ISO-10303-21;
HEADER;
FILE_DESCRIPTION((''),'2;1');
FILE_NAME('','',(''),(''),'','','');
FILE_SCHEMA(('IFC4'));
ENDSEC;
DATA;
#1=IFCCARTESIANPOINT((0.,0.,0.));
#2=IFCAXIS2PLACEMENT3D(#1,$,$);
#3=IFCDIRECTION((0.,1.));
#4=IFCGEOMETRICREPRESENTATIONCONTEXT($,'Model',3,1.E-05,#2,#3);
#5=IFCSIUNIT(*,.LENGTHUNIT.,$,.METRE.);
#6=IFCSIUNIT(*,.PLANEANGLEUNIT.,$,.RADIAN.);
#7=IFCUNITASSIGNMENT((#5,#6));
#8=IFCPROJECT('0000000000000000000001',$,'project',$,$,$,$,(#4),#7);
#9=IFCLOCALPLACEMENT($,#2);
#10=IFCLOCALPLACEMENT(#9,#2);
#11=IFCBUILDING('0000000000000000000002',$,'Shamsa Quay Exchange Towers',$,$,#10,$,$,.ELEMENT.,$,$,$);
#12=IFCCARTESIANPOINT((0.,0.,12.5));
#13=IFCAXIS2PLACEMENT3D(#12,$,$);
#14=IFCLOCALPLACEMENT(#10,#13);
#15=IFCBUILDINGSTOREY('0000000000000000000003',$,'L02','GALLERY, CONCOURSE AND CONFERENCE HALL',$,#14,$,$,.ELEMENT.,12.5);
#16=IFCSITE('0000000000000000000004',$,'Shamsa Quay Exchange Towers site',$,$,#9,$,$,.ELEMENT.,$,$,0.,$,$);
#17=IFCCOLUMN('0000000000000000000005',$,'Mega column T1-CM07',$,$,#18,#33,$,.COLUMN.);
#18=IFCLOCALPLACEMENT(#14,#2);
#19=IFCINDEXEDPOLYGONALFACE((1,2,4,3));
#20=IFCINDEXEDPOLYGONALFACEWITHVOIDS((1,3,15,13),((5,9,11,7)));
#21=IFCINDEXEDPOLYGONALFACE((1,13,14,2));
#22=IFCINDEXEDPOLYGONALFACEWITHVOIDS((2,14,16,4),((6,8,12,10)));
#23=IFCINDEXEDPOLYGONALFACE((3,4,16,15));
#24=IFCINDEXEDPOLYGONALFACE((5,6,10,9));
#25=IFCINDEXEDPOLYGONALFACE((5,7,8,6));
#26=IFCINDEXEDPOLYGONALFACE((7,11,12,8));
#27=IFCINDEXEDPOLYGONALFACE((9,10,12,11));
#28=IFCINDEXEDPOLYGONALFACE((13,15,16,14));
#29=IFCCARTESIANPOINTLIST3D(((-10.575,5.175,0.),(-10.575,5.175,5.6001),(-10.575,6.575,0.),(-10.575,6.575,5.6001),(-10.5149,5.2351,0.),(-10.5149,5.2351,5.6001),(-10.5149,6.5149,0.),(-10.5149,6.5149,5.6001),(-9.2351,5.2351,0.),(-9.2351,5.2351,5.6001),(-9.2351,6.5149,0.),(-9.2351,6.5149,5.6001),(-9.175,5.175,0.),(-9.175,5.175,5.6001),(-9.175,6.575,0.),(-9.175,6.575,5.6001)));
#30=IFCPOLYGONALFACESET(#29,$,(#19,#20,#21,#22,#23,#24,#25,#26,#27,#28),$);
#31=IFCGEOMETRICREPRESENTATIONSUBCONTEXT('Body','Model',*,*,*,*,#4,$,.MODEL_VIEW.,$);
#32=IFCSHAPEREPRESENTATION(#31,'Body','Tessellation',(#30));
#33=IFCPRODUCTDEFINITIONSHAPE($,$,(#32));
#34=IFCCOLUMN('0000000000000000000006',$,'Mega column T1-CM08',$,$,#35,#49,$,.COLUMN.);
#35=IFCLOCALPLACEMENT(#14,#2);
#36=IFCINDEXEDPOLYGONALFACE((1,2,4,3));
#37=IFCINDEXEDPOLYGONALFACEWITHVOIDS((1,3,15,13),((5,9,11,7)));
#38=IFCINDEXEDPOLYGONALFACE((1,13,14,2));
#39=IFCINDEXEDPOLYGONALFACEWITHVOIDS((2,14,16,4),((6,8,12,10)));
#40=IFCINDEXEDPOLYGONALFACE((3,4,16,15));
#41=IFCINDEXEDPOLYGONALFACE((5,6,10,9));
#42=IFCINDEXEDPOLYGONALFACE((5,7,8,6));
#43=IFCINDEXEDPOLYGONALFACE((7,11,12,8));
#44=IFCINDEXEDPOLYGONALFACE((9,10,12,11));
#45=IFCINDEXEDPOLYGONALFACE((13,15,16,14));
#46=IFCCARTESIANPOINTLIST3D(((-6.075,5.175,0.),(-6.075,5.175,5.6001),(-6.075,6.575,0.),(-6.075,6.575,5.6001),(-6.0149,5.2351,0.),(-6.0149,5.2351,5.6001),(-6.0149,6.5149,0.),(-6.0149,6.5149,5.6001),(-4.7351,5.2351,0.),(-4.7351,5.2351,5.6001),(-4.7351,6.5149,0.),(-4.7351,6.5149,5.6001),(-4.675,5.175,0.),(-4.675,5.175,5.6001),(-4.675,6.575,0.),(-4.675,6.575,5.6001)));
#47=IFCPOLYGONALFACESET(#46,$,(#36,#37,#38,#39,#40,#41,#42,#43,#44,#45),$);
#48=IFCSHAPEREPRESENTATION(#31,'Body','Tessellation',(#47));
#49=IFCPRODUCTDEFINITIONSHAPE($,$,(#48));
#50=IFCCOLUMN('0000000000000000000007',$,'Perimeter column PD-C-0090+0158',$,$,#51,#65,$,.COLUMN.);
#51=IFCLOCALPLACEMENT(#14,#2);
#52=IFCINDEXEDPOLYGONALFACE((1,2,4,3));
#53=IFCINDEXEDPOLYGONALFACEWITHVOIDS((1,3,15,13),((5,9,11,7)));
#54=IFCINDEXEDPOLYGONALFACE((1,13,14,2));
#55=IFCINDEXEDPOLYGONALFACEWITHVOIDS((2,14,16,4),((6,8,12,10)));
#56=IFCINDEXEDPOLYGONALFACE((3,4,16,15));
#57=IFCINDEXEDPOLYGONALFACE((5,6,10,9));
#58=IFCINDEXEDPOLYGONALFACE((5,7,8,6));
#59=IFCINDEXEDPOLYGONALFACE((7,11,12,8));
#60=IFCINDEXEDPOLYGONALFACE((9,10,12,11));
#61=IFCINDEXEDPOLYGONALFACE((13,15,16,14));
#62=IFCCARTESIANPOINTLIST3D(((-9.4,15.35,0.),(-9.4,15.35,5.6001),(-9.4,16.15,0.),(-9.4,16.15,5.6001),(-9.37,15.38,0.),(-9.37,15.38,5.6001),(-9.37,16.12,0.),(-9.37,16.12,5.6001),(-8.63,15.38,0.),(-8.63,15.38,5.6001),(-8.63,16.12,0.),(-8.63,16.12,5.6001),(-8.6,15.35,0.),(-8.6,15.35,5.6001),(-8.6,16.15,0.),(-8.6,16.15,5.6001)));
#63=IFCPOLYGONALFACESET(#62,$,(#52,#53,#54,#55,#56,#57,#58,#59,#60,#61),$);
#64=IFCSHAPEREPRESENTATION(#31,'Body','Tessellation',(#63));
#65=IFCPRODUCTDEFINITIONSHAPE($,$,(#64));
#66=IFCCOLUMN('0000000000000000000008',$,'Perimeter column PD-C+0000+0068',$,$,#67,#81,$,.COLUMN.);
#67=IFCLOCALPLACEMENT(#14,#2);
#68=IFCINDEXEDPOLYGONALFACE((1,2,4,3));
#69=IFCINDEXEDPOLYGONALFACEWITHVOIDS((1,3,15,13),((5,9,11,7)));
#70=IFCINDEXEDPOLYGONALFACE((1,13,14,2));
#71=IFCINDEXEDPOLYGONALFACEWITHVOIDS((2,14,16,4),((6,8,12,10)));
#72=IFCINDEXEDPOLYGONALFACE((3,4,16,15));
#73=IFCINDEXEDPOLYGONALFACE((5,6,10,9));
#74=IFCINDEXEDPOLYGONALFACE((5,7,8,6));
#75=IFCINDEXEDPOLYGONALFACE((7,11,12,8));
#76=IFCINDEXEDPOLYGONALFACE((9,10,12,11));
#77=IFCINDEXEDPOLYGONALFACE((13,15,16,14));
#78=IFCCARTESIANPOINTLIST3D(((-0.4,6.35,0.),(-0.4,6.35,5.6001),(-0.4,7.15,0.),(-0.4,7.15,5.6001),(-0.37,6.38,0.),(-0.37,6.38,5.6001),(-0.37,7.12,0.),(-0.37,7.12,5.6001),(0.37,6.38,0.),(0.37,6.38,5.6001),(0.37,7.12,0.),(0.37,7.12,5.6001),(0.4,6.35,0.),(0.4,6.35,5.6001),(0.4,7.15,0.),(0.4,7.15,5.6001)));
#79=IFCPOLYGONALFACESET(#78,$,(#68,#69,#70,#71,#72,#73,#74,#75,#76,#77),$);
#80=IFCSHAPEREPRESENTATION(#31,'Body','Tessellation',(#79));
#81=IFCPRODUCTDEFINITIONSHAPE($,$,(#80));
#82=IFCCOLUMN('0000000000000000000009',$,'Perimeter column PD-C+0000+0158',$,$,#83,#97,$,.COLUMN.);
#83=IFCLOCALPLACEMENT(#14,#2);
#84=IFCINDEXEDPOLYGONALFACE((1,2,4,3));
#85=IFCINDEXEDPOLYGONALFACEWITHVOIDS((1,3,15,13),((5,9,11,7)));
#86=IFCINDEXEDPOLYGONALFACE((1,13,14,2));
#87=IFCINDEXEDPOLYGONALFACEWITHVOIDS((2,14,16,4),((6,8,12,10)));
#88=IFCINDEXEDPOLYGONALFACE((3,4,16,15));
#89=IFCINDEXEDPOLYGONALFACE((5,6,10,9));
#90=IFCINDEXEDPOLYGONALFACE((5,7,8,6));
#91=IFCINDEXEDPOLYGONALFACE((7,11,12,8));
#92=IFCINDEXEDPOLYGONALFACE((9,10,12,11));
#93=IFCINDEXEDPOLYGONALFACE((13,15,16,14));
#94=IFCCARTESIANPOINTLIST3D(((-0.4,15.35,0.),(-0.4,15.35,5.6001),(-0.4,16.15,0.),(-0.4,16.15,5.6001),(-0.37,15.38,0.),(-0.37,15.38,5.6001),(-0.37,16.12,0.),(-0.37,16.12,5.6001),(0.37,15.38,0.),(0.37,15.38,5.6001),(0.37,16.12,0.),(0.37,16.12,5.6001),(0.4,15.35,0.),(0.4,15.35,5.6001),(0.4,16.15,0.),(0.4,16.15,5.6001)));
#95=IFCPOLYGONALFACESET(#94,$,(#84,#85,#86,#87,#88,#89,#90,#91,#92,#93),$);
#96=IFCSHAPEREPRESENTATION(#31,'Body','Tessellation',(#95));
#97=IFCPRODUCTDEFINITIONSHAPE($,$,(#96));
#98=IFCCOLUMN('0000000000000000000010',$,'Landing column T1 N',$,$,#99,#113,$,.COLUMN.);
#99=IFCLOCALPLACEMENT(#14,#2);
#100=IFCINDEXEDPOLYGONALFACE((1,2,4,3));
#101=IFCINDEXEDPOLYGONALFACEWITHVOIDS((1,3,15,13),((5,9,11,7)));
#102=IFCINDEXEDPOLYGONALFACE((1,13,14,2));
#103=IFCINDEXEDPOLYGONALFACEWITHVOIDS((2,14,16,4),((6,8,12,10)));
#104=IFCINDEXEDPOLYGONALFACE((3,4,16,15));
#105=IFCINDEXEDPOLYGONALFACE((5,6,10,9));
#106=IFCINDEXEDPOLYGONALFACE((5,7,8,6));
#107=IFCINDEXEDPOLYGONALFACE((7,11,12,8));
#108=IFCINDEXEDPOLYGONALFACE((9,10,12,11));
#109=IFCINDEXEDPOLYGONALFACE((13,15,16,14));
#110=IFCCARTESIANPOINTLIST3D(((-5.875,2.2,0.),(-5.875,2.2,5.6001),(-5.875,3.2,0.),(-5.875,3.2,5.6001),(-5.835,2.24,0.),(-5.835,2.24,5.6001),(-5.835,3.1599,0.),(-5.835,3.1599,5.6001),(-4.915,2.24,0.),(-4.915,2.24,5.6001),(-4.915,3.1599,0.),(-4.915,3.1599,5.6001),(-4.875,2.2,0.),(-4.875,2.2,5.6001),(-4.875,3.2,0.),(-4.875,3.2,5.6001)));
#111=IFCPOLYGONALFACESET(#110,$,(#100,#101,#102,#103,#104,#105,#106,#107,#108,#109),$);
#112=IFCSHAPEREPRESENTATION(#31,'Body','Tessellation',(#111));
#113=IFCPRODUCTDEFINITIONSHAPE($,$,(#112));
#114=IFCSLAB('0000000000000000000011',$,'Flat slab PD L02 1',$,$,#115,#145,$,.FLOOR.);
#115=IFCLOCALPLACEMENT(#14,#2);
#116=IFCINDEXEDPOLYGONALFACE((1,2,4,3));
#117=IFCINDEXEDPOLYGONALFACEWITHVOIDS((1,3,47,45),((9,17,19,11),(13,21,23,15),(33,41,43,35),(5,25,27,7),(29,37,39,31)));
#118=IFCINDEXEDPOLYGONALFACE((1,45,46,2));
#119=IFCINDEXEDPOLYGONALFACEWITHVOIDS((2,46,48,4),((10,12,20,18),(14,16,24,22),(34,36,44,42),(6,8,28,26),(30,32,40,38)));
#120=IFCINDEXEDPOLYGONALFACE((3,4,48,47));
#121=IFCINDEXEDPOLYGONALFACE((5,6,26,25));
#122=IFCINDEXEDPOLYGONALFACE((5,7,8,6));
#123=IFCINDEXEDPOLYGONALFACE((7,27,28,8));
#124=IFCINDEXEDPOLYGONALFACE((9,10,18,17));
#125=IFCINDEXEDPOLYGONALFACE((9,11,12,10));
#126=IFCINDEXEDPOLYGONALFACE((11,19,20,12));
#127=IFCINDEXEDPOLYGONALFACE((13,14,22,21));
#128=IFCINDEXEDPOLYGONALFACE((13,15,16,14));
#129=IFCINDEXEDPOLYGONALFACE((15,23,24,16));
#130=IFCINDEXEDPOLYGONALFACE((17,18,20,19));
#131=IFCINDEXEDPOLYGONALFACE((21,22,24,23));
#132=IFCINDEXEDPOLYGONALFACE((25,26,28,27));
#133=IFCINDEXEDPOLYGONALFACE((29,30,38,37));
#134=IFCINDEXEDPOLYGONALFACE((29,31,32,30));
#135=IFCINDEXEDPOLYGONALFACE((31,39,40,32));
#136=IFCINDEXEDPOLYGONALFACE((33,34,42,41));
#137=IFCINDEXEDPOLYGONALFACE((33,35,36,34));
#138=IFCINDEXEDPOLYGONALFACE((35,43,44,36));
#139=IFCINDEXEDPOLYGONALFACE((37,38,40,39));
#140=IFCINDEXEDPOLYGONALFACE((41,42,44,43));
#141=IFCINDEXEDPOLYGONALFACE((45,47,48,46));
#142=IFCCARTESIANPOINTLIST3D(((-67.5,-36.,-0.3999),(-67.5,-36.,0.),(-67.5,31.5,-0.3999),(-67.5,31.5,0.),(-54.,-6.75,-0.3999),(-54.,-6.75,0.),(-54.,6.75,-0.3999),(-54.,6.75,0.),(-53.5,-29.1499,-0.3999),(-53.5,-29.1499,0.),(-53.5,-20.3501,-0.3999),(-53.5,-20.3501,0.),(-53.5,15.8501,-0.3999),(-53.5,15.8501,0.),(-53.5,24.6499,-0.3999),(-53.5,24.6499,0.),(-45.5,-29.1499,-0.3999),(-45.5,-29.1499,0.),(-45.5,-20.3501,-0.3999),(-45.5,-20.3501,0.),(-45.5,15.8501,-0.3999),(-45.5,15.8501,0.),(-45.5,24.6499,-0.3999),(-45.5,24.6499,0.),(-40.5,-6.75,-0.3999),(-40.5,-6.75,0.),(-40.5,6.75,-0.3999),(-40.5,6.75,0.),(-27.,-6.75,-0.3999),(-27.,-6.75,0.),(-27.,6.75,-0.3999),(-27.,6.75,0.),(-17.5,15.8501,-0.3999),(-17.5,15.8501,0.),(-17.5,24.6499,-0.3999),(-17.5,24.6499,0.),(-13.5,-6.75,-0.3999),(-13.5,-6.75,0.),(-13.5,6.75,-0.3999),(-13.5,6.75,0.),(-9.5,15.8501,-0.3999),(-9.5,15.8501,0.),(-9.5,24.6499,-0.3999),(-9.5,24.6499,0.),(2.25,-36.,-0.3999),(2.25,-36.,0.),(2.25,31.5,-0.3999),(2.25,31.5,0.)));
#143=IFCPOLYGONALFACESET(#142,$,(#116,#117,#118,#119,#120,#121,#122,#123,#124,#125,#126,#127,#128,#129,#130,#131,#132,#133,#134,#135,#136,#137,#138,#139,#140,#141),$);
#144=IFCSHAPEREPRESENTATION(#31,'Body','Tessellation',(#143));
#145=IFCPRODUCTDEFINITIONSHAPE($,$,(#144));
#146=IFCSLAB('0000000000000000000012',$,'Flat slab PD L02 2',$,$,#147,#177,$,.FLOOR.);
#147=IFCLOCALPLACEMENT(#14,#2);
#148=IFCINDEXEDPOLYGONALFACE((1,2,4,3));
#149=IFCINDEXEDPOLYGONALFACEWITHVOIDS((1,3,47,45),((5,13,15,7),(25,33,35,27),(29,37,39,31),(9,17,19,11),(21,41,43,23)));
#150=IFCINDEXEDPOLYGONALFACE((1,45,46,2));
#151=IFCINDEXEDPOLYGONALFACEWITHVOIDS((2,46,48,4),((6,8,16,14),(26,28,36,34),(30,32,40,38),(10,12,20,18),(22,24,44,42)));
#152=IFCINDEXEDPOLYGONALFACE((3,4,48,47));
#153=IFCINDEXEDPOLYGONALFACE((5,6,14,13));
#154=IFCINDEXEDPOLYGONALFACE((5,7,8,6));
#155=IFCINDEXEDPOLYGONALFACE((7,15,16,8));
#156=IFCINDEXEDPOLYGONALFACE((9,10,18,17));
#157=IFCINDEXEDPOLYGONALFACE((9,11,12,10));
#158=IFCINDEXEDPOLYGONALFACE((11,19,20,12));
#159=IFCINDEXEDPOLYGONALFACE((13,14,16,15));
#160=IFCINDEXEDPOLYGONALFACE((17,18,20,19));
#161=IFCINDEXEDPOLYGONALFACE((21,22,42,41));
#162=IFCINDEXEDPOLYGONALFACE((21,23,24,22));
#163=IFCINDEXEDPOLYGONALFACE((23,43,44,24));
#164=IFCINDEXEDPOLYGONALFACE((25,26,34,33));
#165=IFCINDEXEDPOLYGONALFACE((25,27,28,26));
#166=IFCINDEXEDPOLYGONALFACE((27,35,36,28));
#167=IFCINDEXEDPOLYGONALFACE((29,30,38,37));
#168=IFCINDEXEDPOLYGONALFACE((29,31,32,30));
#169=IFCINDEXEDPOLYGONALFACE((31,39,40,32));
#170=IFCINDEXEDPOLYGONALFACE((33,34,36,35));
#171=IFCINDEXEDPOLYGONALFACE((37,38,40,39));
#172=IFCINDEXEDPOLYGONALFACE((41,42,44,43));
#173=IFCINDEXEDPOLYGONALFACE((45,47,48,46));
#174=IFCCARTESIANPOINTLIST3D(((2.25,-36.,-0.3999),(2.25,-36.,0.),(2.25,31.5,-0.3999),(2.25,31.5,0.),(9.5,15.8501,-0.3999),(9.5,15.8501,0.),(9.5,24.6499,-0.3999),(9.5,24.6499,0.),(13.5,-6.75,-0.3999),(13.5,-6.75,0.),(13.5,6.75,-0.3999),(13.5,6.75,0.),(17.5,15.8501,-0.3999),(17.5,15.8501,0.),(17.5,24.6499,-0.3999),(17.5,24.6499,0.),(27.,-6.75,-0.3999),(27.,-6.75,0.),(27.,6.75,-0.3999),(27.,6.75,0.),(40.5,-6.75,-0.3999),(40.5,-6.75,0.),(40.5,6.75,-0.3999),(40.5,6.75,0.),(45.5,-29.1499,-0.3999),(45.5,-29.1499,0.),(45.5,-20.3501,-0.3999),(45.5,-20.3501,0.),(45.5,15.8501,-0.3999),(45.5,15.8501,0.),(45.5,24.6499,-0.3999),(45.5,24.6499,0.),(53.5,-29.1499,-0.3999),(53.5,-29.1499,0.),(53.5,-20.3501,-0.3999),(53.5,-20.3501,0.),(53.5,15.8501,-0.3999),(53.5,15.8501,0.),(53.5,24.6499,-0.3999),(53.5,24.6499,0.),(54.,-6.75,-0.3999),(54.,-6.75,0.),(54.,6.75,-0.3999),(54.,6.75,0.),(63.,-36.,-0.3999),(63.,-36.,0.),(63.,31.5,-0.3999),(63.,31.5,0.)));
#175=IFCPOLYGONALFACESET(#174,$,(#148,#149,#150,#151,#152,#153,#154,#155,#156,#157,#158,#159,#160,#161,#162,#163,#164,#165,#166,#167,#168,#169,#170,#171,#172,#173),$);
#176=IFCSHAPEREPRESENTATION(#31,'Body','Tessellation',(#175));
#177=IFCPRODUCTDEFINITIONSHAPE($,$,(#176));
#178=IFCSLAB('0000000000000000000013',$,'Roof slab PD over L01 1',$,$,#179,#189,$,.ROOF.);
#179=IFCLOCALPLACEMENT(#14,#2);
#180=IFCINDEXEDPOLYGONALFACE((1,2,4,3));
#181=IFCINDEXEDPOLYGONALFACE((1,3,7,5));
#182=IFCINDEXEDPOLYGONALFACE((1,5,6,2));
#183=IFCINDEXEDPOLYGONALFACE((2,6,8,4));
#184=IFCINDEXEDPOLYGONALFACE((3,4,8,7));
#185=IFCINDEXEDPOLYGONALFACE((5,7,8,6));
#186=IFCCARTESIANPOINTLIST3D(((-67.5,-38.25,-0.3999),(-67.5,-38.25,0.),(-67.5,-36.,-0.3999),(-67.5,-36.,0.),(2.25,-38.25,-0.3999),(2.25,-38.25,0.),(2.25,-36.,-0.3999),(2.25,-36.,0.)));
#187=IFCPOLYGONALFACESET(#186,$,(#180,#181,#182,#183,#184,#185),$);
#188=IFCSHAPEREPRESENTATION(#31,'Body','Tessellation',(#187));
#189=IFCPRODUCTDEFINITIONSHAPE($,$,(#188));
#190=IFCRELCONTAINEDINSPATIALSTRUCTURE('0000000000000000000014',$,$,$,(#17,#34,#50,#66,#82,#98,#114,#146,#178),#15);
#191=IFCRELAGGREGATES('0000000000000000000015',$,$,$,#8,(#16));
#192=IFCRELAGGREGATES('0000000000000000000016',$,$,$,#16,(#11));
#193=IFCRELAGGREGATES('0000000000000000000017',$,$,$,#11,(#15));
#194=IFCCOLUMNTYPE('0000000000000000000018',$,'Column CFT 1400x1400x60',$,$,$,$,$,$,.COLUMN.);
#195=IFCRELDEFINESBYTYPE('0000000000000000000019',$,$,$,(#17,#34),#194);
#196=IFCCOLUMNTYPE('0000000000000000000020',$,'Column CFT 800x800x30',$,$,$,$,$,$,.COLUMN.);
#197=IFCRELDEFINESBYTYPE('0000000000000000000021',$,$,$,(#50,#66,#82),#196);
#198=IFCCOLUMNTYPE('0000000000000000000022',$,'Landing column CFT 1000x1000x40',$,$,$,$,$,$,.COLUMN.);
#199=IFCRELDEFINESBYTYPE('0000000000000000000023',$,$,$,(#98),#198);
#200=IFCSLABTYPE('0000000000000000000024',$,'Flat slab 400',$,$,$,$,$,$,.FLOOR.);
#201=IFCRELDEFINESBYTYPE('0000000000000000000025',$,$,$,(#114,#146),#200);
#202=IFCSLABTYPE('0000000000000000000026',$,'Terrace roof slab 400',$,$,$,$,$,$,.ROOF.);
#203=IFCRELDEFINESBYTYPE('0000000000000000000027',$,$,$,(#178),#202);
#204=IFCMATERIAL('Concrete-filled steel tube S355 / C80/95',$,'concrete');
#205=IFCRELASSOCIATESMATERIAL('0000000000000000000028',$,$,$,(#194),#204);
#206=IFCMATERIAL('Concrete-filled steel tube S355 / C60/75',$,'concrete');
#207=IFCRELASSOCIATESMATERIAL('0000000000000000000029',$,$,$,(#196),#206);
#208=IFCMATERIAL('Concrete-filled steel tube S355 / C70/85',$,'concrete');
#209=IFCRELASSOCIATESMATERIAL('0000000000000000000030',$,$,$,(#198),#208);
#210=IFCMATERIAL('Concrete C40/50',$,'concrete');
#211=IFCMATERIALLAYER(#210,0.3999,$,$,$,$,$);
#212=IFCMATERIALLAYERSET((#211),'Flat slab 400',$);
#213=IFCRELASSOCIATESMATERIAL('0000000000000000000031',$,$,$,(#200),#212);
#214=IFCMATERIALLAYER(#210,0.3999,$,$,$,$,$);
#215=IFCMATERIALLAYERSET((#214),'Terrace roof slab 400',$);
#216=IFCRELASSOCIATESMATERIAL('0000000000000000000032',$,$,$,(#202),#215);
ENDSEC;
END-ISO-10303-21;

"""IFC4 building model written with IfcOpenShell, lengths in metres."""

from ifc_helpers import new_model, si_unit, direction, frame, origin, origin_2d, place, context, subcontext, project, spatial, polyline, hollow_rectangle, outline, extrude, material, layer, layer_set, material_profile, profile_set, type_object, element, save


model = new_model("IFC4")

# Units and contexts
model_context = context("Model", 3, precision=1e-05, world=origin(), true_north=direction((0.0, 1.0)))
body_context = subcontext(model_context, "Body", "Model", "MODEL_VIEW")
ifc_project = project(units=[si_unit("LENGTHUNIT", "METRE"), si_unit("PLANEANGLEUNIT", "RADIAN")], contexts=[model_context])

# Site, building, storey
site_placement = place(None, origin())
site = spatial("IfcSite", under=ifc_project, at=site_placement, Name="Shamsa Quay Exchange Towers site", CompositionType="ELEMENT", RefElevation=0.0)
building_placement = place(site_placement, origin())
building = spatial("IfcBuilding", under=site, at=building_placement, Name="Shamsa Quay Exchange Towers", CompositionType="ELEMENT")
storey_placement = place(building_placement, frame((0.0, 0.0, 12.5)))
storey = spatial("IfcBuildingStorey", under=building, at=storey_placement, Name="L02", Description="GALLERY, CONCOURSE AND CONFERENCE HALL", CompositionType="ELEMENT", Elevation=12.5)

# Columns
ifc_material_1 = material(Name="Concrete-filled steel tube S355 / C80/95", Category="concrete")
ifc_material_profile_1 = material_profile(ifc_material_1, hollow_rectangle(XDim=1.3999, YDim=1.3999, WallThickness=0.0601, at=origin_2d()), Name="CFT 1400x1400x60")
ifc_profile_set_1 = profile_set([ifc_material_profile_1], Name="Concrete-filled steel tube S355 / C80/95")
column_type_1 = type_object("IfcColumnType", Name="Column CFT 1400x1400x60", PredefinedType="COLUMN", material=ifc_profile_set_1)
for number, where, name in (
    (1, (-9.875, 5.875, 0.0), "Mega column T1-CM07"),
    (2, (-5.375, 5.875, 0.0), "Mega column T1-CM08"),
):
    element("IfcColumn", number, at=place(storey_placement, frame(where)), inside=storey, type_object=column_type_1, Name=name, PredefinedType="COLUMN", context=body_context, shape_type="SweptSolid", body=[
        extrude(hollow_rectangle(XDim=1.3999, YDim=1.3999, WallThickness=0.0601, at=origin_2d()), origin(), (0.0, 0.0, 1.0), 5.6001),
    ])
ifc_material_2 = material(Name="Concrete-filled steel tube S355 / C60/75", Category="concrete")
ifc_material_profile_2 = material_profile(ifc_material_2, hollow_rectangle(XDim=0.8, YDim=0.8, WallThickness=0.03, at=origin_2d()), Name="CFT 800x800x30")
ifc_profile_set_2 = profile_set([ifc_material_profile_2], Name="Concrete-filled steel tube S355 / C60/75")
column_type_2 = type_object("IfcColumnType", Name="Column CFT 800x800x30", PredefinedType="COLUMN", material=ifc_profile_set_2)
for number, where, name in (
    (3, (-9.0, 15.75, 0.0), "Perimeter column PD-C-0090+0158"),
    (4, (0.0, 6.75, 0.0), "Perimeter column PD-C+0000+0068"),
    (5, (0.0, 15.75, 0.0), "Perimeter column PD-C+0000+0158"),
):
    element("IfcColumn", number, at=place(storey_placement, frame(where)), inside=storey, type_object=column_type_2, Name=name, PredefinedType="COLUMN", context=body_context, shape_type="SweptSolid", body=[
        extrude(hollow_rectangle(XDim=0.8, YDim=0.8, WallThickness=0.03, at=origin_2d()), origin(), (0.0, 0.0, 1.0), 5.6001),
    ])
ifc_material_3 = material(Name="Concrete-filled steel tube S355 / C70/85", Category="concrete")
ifc_material_profile_3 = material_profile(ifc_material_3, hollow_rectangle(XDim=1.0, YDim=1.0, WallThickness=0.04, at=origin_2d()), Name="CFT 1000x1000x40")
ifc_profile_set_3 = profile_set([ifc_material_profile_3], Name="Concrete-filled steel tube S355 / C70/85")
column_type_3 = type_object("IfcColumnType", Name="Landing column CFT 1000x1000x40", PredefinedType="COLUMN", material=ifc_profile_set_3)
column_placement = place(storey_placement, frame((-5.375, 2.7, 0.0)))
element("IfcColumn", 6, at=column_placement, inside=storey, type_object=column_type_3, Name="Landing column T1 N", PredefinedType="COLUMN", context=body_context, shape_type="SweptSolid", body=[
    extrude(hollow_rectangle(XDim=1.0, YDim=1.0, WallThickness=0.04, at=origin_2d()), origin(), (0.0, 0.0, 1.0), 5.6001),
])

# Slabs
ifc_material_4 = material(Name="Concrete C40/50", Category="concrete")
ifc_layer_1 = layer(ifc_material_4, 0.3999)
ifc_layer_set_1 = layer_set([ifc_layer_1], Name="Flat slab 400")
slab_type_1 = type_object("IfcSlabType", Name="Flat slab 400", PredefinedType="FLOOR", material=ifc_layer_set_1)
slab_1_placement = place(storey_placement, frame((0.0, 0.0, -0.3999)))
element("IfcSlab", 7, at=slab_1_placement, inside=storey, type_object=slab_type_1, Name="Flat slab PD L02 1", PredefinedType="FLOOR", context=body_context, shape_type="SweptSolid", body=[
    extrude(outline(polyline([(-67.5, 31.5), (-67.5, -36.0), (2.25, -36.0), (2.25, 31.5), (-67.5, 31.5)]), holes=[polyline([(-53.5, -29.1499), (-45.5, -29.1499), (-45.5, -20.3501), (-53.5, -20.3501), (-53.5, -29.1499)]), polyline([(-54.0, -6.75), (-40.5, -6.75), (-40.5, 6.75), (-54.0, 6.75), (-54.0, -6.75)]), polyline([(-27.0, 6.75), (-27.0, -6.75), (-13.5, -6.75), (-13.5, 6.75), (-27.0, 6.75)]), polyline([(-53.5, 15.8501), (-45.5, 15.8501), (-45.5, 24.6499), (-53.5, 24.6499), (-53.5, 15.8501)]), polyline([(-17.5, 15.8501), (-9.5, 15.8501), (-9.5, 24.6499), (-17.5, 24.6499), (-17.5, 15.8501)])]), origin(), (0.0, 0.0, 1.0), 0.3999),
])
slab_2_placement = place(storey_placement, frame((0.0, 0.0, -0.3999)))
element("IfcSlab", 8, at=slab_2_placement, inside=storey, type_object=slab_type_1, Name="Flat slab PD L02 2", PredefinedType="FLOOR", context=body_context, shape_type="SweptSolid", body=[
    extrude(outline(polyline([(63.0, 31.5), (2.25, 31.5), (2.25, -36.0), (63.0, -36.0), (63.0, 31.5)]), holes=[polyline([(45.5, -29.1499), (53.5, -29.1499), (53.5, -20.3501), (45.5, -20.3501), (45.5, -29.1499)]), polyline([(13.5, 6.75), (13.5, -6.75), (27.0, -6.75), (27.0, 6.75), (13.5, 6.75)]), polyline([(40.5, -6.75), (54.0, -6.75), (54.0, 6.75), (40.5, 6.75), (40.5, -6.75)]), polyline([(9.5, 24.6499), (9.5, 15.8501), (17.5, 15.8501), (17.5, 24.6499), (9.5, 24.6499)]), polyline([(45.5, 24.6499), (45.5, 15.8501), (53.5, 15.8501), (53.5, 24.6499), (45.5, 24.6499)])]), origin(), (0.0, 0.0, 1.0), 0.3999),
])
ifc_layer_2 = layer(ifc_material_4, 0.3999)
ifc_layer_set_2 = layer_set([ifc_layer_2], Name="Terrace roof slab 400")
slab_type_2 = type_object("IfcSlabType", Name="Terrace roof slab 400", PredefinedType="ROOF", material=ifc_layer_set_2)
slab_3_placement = place(storey_placement, frame((0.0, 0.0, -0.3999)))
element("IfcSlab", 9, at=slab_3_placement, inside=storey, type_object=slab_type_2, Name="Roof slab PD over L01 1", PredefinedType="ROOF", context=body_context, shape_type="SweptSolid", body=[
    extrude(outline(polyline([(-67.5, -38.25), (2.25, -38.25), (2.25, -36.0), (-67.5, -36.0), (-67.5, -38.25)])), origin(), (0.0, 0.0, 1.0), 0.3999),
])

save(model, "model.ifc")
